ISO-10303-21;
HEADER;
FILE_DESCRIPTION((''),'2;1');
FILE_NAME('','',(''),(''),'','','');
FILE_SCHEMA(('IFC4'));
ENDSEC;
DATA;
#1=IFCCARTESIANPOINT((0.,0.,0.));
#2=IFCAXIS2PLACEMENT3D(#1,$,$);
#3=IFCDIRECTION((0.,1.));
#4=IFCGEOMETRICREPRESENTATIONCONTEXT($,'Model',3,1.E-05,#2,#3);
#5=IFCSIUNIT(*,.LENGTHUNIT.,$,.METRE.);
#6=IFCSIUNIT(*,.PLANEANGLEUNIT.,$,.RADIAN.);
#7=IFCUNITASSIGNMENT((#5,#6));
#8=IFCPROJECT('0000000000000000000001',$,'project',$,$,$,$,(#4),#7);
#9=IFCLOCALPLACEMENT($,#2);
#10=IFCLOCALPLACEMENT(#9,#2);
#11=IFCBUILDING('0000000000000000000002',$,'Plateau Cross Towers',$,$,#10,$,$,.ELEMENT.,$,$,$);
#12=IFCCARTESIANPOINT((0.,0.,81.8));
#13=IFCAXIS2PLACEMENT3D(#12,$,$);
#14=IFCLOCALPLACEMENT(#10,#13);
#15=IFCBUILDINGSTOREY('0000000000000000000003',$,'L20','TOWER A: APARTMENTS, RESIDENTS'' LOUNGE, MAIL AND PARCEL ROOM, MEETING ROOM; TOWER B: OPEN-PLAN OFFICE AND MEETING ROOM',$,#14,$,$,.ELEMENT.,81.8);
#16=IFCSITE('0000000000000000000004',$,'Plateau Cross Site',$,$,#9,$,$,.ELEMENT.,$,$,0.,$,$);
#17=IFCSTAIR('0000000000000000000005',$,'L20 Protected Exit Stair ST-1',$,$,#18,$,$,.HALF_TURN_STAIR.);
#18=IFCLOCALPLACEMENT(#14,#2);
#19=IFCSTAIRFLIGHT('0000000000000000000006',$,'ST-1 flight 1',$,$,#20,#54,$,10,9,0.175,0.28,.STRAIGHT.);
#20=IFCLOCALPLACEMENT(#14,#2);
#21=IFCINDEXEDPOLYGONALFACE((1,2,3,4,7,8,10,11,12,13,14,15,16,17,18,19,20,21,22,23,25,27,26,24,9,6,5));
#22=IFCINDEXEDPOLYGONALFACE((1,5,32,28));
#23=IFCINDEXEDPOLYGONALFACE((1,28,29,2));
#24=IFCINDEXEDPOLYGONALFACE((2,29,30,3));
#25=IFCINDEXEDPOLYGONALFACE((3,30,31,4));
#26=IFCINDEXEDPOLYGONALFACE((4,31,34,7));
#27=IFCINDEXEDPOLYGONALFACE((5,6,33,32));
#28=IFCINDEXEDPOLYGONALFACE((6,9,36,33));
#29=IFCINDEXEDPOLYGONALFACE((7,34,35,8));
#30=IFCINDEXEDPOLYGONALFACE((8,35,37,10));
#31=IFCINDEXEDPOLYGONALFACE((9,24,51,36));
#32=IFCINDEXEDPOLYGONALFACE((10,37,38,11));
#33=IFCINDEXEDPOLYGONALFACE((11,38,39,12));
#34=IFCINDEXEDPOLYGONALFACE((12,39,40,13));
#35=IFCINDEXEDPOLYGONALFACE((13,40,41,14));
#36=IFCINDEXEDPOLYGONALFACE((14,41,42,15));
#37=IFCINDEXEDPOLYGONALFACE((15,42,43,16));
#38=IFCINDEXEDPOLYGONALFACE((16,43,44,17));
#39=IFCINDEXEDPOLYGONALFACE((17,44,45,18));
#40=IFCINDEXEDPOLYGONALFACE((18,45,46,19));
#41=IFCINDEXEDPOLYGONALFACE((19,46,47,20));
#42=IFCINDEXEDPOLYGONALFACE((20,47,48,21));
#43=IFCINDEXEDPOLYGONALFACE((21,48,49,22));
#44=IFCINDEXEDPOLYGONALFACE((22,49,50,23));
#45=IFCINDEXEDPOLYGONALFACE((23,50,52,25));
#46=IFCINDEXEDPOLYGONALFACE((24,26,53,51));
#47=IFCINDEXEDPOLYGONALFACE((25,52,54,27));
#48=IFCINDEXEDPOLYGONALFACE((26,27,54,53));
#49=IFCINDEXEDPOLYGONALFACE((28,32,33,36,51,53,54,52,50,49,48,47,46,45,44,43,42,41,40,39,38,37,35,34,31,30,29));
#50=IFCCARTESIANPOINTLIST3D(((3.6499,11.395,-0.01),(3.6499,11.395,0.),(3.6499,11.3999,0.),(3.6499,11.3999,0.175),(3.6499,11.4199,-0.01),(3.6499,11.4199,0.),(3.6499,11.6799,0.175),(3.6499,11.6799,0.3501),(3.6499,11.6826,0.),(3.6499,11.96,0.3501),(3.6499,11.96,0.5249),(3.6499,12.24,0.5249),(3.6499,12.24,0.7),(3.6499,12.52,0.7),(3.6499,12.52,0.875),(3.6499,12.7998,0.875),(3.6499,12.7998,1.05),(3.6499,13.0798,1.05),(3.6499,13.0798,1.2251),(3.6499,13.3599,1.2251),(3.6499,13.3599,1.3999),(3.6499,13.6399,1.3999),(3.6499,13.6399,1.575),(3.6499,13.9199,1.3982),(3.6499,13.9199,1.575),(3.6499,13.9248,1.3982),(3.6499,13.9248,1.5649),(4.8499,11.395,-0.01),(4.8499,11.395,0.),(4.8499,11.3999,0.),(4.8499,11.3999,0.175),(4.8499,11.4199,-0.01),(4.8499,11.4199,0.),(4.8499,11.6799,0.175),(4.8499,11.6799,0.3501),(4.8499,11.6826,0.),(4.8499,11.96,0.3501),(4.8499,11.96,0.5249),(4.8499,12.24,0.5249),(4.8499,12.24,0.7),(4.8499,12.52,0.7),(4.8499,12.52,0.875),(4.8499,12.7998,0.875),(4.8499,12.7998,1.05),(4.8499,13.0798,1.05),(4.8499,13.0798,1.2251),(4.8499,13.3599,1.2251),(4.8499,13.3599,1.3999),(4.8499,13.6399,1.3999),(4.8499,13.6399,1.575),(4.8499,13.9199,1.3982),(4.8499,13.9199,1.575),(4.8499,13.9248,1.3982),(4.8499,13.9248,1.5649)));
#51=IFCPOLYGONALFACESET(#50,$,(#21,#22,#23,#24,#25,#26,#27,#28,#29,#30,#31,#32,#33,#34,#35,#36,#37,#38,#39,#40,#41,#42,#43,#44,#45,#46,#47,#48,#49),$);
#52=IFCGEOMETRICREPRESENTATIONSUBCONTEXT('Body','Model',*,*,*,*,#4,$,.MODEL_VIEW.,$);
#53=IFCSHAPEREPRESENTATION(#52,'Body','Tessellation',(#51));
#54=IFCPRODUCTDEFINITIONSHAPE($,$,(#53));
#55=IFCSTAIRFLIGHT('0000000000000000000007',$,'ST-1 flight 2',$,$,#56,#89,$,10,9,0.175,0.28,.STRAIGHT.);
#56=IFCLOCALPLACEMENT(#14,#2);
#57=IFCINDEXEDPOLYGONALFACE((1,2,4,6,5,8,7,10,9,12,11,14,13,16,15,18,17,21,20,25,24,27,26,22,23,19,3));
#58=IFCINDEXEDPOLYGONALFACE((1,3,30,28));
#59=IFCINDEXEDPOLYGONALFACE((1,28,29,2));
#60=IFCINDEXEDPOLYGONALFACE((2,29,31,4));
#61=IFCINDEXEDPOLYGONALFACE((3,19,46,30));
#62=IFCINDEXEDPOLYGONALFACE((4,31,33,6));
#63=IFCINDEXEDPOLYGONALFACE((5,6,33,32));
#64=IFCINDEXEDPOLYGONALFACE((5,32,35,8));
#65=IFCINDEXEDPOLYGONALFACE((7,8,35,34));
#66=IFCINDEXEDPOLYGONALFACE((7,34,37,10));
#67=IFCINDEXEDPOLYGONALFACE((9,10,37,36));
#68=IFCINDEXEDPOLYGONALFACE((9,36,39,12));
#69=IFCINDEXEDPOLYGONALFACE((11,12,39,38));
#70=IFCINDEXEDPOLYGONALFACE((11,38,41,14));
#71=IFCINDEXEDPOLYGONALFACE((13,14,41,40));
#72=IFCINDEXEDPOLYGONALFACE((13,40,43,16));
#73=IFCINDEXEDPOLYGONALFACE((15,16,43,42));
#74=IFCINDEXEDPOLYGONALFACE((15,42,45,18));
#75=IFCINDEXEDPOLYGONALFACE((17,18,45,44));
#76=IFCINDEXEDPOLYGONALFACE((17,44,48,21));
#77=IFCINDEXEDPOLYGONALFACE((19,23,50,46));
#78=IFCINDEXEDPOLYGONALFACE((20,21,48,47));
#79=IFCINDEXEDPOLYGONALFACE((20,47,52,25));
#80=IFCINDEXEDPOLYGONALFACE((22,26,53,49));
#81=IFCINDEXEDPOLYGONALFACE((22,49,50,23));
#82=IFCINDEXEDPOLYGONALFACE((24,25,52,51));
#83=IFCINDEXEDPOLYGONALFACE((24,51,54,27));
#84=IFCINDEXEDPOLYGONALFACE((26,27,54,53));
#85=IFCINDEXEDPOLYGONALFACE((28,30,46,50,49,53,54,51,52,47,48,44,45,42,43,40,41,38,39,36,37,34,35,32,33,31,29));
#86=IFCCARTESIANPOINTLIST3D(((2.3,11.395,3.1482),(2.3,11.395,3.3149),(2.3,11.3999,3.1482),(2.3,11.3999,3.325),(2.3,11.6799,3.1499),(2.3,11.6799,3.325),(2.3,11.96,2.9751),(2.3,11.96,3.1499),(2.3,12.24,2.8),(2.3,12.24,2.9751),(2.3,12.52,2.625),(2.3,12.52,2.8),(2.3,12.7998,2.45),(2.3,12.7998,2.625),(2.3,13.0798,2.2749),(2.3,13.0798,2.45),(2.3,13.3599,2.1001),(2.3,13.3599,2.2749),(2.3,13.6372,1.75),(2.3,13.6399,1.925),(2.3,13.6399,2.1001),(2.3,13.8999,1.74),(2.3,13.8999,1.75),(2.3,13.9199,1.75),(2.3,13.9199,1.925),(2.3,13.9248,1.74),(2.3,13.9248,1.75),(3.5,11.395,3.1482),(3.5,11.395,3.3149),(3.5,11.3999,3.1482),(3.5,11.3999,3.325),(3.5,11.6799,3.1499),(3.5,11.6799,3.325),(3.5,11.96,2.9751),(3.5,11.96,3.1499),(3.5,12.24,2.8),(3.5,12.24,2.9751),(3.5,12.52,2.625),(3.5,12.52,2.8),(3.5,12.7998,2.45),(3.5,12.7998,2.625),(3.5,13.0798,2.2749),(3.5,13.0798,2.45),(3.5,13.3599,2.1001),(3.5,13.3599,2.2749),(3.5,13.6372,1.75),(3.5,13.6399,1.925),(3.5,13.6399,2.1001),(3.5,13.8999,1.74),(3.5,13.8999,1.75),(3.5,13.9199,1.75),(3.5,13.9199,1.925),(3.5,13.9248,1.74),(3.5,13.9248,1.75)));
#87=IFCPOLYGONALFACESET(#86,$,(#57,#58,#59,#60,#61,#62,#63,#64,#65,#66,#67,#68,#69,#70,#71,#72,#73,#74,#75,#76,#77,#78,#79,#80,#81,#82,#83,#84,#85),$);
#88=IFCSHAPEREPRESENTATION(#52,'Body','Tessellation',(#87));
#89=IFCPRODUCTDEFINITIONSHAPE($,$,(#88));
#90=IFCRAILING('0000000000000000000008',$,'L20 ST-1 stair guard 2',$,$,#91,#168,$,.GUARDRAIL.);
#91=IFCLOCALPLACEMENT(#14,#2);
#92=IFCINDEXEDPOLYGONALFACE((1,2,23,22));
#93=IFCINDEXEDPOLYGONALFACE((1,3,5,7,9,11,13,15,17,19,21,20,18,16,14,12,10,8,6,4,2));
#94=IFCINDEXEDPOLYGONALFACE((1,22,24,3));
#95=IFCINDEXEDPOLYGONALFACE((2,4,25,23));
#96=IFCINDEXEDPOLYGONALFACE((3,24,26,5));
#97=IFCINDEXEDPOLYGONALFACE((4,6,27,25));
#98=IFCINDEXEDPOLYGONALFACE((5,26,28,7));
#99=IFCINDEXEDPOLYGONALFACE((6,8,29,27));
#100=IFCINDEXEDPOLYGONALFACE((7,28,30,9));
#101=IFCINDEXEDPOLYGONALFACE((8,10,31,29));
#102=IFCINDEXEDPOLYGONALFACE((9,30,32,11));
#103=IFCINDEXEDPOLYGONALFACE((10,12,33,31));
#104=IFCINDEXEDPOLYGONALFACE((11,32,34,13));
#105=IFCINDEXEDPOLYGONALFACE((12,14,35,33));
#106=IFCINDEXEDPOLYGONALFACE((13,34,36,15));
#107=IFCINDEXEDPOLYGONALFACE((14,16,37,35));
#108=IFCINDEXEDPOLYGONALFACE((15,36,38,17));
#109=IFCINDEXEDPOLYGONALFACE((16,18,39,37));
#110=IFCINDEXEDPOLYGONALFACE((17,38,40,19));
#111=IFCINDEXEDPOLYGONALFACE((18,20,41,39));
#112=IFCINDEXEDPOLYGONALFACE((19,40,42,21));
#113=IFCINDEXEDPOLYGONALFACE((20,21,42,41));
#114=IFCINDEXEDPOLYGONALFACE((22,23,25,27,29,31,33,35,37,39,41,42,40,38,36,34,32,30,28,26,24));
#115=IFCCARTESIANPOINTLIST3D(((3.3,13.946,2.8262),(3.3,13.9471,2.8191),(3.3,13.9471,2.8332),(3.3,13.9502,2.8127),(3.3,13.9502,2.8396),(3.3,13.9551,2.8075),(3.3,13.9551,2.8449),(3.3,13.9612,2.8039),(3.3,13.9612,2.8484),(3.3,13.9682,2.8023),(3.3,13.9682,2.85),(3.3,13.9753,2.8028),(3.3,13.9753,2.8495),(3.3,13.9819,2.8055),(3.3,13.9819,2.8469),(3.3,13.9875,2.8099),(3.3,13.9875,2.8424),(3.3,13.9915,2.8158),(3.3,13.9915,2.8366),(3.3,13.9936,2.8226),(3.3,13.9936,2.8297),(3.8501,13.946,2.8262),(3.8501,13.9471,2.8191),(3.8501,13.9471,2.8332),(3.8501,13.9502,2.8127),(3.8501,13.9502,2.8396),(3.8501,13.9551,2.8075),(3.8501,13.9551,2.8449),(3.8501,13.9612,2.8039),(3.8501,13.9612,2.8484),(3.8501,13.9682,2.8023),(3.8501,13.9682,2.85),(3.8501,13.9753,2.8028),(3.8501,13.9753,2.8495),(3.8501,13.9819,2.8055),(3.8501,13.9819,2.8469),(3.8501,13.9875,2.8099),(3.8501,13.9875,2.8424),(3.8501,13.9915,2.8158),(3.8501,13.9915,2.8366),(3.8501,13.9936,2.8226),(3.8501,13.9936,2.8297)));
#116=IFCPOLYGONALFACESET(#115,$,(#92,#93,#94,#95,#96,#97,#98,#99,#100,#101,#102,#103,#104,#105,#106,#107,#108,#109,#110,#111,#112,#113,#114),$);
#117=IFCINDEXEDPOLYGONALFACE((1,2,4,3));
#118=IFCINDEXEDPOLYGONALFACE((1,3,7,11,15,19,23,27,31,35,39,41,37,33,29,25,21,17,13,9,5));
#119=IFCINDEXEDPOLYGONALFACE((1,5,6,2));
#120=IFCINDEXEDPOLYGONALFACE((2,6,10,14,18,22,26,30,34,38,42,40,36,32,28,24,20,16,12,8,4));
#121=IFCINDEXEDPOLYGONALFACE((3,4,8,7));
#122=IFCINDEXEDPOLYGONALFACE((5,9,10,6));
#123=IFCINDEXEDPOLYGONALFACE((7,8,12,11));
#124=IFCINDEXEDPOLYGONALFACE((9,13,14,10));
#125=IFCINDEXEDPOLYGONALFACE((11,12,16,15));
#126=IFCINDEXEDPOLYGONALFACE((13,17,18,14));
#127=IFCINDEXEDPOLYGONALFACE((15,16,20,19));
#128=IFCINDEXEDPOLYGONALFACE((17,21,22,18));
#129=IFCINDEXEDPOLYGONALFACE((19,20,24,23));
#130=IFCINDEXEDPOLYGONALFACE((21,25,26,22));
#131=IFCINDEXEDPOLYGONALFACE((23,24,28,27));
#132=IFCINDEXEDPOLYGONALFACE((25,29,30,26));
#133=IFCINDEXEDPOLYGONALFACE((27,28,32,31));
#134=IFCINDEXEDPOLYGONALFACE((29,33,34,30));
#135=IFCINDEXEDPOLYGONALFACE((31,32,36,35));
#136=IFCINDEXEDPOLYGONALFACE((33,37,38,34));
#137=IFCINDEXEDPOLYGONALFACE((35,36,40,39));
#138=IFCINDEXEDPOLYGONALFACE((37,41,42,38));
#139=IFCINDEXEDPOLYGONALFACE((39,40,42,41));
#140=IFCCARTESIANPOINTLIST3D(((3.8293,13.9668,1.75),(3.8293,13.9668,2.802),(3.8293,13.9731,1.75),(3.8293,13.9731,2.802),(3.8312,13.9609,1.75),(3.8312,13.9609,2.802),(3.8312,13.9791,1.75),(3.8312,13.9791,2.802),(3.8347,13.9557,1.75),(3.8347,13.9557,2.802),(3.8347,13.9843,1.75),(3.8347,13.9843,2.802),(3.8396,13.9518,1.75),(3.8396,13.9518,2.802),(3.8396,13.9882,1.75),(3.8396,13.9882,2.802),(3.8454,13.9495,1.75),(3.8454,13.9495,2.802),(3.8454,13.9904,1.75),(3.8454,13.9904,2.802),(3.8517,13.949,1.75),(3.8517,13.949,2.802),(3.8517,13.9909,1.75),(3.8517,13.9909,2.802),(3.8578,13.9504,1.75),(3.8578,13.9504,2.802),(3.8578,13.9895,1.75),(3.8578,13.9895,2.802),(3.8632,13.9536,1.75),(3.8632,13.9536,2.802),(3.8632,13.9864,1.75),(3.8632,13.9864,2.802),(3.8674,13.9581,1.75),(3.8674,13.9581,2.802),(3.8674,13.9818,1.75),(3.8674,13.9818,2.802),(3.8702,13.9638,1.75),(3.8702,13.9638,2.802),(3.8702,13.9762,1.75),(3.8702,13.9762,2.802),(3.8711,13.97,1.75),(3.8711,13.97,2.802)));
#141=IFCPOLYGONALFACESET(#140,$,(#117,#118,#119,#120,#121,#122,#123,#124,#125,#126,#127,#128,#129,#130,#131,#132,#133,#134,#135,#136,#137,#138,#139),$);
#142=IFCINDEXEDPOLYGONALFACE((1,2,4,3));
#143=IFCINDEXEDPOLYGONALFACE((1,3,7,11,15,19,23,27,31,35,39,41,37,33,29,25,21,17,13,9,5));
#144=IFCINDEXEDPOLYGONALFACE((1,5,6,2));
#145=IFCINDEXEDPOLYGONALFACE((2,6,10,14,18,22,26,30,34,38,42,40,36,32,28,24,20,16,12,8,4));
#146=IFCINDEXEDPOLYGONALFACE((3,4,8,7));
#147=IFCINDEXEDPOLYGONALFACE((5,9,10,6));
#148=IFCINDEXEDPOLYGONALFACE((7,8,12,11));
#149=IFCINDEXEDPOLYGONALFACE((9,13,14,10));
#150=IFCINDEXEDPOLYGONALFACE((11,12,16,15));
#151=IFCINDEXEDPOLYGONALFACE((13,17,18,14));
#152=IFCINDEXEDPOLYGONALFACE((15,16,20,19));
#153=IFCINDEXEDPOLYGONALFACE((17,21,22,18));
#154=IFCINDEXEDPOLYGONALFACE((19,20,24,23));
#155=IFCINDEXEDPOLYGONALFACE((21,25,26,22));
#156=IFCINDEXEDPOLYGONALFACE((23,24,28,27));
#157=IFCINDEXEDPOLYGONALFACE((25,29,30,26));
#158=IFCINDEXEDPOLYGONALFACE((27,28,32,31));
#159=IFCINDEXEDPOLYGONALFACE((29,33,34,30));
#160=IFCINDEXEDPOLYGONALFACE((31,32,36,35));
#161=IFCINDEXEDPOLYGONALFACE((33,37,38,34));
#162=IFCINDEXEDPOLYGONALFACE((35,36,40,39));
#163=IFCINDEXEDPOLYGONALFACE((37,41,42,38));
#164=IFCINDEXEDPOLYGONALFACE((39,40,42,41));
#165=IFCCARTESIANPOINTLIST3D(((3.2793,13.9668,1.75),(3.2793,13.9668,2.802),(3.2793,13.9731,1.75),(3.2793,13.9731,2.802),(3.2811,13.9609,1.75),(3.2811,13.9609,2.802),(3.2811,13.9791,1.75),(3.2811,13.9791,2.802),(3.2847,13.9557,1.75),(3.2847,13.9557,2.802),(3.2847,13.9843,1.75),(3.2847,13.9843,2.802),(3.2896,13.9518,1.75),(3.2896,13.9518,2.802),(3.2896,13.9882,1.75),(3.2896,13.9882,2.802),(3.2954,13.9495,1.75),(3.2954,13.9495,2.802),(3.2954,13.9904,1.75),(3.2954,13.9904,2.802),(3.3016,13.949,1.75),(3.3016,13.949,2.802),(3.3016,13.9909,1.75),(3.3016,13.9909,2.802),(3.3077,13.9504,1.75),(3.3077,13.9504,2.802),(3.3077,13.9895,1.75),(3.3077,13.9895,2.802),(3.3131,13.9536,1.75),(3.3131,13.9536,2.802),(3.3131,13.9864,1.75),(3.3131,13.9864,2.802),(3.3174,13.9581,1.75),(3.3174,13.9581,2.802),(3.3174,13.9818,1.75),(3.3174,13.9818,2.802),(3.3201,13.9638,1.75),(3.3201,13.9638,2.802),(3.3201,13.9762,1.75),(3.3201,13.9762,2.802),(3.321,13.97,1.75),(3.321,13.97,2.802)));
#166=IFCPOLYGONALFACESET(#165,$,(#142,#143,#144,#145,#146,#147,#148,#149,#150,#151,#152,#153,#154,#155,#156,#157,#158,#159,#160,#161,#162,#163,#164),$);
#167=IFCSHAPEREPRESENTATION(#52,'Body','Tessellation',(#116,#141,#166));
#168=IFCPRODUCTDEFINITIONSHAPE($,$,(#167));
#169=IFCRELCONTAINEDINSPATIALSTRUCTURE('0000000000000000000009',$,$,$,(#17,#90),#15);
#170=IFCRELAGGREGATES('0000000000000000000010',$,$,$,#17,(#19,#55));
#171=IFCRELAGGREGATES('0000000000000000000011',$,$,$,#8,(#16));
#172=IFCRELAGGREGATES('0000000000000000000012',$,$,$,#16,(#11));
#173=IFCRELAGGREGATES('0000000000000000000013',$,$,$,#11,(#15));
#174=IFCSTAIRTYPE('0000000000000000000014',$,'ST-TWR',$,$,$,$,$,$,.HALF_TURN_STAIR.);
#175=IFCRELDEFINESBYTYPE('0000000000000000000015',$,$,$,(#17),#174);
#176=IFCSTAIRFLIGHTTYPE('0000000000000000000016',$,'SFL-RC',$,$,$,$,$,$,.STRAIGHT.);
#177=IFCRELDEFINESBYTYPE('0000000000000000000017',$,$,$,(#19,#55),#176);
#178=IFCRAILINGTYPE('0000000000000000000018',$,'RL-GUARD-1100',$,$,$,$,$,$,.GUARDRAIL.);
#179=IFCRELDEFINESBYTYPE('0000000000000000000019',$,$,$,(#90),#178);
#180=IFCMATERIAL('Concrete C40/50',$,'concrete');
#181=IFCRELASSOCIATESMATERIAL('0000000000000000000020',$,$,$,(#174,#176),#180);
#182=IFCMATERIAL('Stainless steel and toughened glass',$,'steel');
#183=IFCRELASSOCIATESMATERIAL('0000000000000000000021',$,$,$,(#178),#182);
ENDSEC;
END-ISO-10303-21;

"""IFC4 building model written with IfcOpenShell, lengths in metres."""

from ifc_helpers import new_model, si_unit, direction, frame, origin, origin_2d, place, context, subcontext, project, spatial, polyline, circle, outline, extrude, material, type_object, element, aggregate, save


model = new_model("IFC4")

# Units and contexts
model_context = context("Model", 3, precision=1e-05, world=origin(), true_north=direction((0.0, 1.0)))
body_context = subcontext(model_context, "Body", "Model", "MODEL_VIEW")
ifc_project = project(units=[si_unit("LENGTHUNIT", "METRE"), si_unit("PLANEANGLEUNIT", "RADIAN")], contexts=[model_context])

# Site, building, storey
site_placement = place(None, origin())
site = spatial("IfcSite", under=ifc_project, at=site_placement, Name="Plateau Cross Site", CompositionType="ELEMENT", RefElevation=0.0)
building_placement = place(site_placement, origin())
building = spatial("IfcBuilding", under=site, at=building_placement, Name="Plateau Cross Towers", CompositionType="ELEMENT")
storey_placement = place(building_placement, frame((0.0, 0.0, 81.8)))
storey = spatial("IfcBuildingStorey", under=building, at=storey_placement, Name="L20", Description="TOWER A: APARTMENTS, RESIDENTS' LOUNGE, MAIL AND PARCEL ROOM, MEETING ROOM; TOWER B: OPEN-PLAN OFFICE AND MEETING ROOM", CompositionType="ELEMENT", Elevation=81.8)

# Stair, stair flights
ifc_material_1 = material(Name="Concrete C40/50", Category="concrete")
stair_type = type_object("IfcStairType", Name="ST-TWR", PredefinedType="HALF_TURN_STAIR", material=ifc_material_1)
stair_placement = place(storey_placement, origin())
stair = element("IfcStair", 1, at=stair_placement, inside=storey, type_object=stair_type, Name="L20 Protected Exit Stair ST-1", PredefinedType="HALF_TURN_STAIR")
stair_flight_type = type_object("IfcStairFlightType", Name="SFL-RC", PredefinedType="STRAIGHT", material=ifc_material_1)
stair_flight_1_placement = place(storey_placement, frame((4.25, 11.3999, 0.0), z_axis=(0.0, 0.0, 1.0), x_axis=(0.0, 1.0, 0.0)))
stair_flight_1 = element("IfcStairFlight", 2, at=stair_flight_1_placement, type_object=stair_flight_type, Name="ST-1 flight 1", NumberOfRisers=10, NumberOfTreads=9, PredefinedType="STRAIGHT", RiserHeight=0.175, TreadLength=0.28, context=body_context, shape_type="SweptSolid", body=[
    extrude(outline(polyline([(-0.0049, -0.01), (-0.0049, 0.0), (0.0, 0.0), (0.0, 0.175), (0.28, 0.175), (0.28, 0.3501), (0.5601, 0.3501), (0.5601, 0.5249), (0.8401, 0.5249), (0.8401, 0.7), (1.1201, 0.7), (1.1201, 0.875), (1.3999, 0.875), (1.3999, 1.05), (1.6799, 1.05), (1.6799, 1.2251), (1.96, 1.2251), (1.96, 1.3999), (2.24, 1.3999), (2.24, 1.575), (2.52, 1.575), (2.5249, 1.5649), (2.5249, 1.3982), (2.52, 1.3982), (0.2827, 0.0), (0.02, 0.0), (0.02, -0.01), (-0.0049, -0.01)])), frame((0.0, 0.6001, 0.0), z_axis=(0.0, -1.0, 0.0), x_axis=(1.0, 0.0, 0.0)), (0.0, 0.0, 1.0), 1.2),
])
stair_flight_2_placement = place(storey_placement, frame((2.8999, 13.9199, 1.75), z_axis=(0.0, 0.0, 1.0), x_axis=(0.0, -1.0, 0.0)))
stair_flight_2 = element("IfcStairFlight", 3, at=stair_flight_2_placement, type_object=stair_flight_type, Name="ST-1 flight 2", NumberOfRisers=10, NumberOfTreads=9, PredefinedType="STRAIGHT", RiserHeight=0.175, TreadLength=0.28, context=body_context, shape_type="SweptSolid", body=[
    extrude(outline(polyline([(-0.0049, -0.01), (-0.0049, 0.0), (0.0, 0.0), (0.0, 0.175), (0.28, 0.175), (0.28, 0.3501), (0.5601, 0.3501), (0.5601, 0.5249), (0.8401, 0.5249), (0.8401, 0.7), (1.1201, 0.7), (1.1201, 0.875), (1.3999, 0.875), (1.3999, 1.05), (1.6799, 1.05), (1.6799, 1.2251), (1.96, 1.2251), (1.96, 1.3999), (2.24, 1.3999), (2.24, 1.575), (2.52, 1.575), (2.5249, 1.5649), (2.5249, 1.3982), (2.52, 1.3982), (0.2827, 0.0), (0.02, 0.0), (0.02, -0.01), (-0.0049, -0.01)])), frame((0.0, 0.6001, 0.0), z_axis=(0.0, -1.0, 0.0), x_axis=(1.0, 0.0, 0.0)), (0.0, 0.0, 1.0), 1.2),
])
aggregate(stair, [stair_flight_1, stair_flight_2])

# Railing
ifc_material_2 = material(Name="Stainless steel and toughened glass", Category="steel")
railing_type_1 = type_object("IfcRailingType", Name="RL-GUARD-1100", PredefinedType="GUARDRAIL", material=ifc_material_2)
railing_1_placement = place(storey_placement, frame((3.8501, 13.97, 1.75)))
element("IfcRailing", 4, at=railing_1_placement, inside=storey, type_object=railing_type_1, Name="L20 ST-1 stair guard 2", PredefinedType="GUARDRAIL", context=body_context, shape_type="SweptSolid", body=[
    extrude(circle(Radius=0.0239, at=origin_2d()), frame((0.0, 0.0, 1.0762), z_axis=(-1.0, 0.0, 0.0), x_axis=(0.0, -1.0, 0.0)), (0.0, 0.0, 1.0), 0.55),
    extrude(circle(Radius=0.021, at=origin_2d()), origin(), (0.0, 0.0, 1.0), 1.052),
    extrude(circle(Radius=0.021, at=origin_2d()), frame((-0.55, 0.0, 0.0)), (0.0, 0.0, 1.0), 1.052),
])

save(model, "model.ifc")
